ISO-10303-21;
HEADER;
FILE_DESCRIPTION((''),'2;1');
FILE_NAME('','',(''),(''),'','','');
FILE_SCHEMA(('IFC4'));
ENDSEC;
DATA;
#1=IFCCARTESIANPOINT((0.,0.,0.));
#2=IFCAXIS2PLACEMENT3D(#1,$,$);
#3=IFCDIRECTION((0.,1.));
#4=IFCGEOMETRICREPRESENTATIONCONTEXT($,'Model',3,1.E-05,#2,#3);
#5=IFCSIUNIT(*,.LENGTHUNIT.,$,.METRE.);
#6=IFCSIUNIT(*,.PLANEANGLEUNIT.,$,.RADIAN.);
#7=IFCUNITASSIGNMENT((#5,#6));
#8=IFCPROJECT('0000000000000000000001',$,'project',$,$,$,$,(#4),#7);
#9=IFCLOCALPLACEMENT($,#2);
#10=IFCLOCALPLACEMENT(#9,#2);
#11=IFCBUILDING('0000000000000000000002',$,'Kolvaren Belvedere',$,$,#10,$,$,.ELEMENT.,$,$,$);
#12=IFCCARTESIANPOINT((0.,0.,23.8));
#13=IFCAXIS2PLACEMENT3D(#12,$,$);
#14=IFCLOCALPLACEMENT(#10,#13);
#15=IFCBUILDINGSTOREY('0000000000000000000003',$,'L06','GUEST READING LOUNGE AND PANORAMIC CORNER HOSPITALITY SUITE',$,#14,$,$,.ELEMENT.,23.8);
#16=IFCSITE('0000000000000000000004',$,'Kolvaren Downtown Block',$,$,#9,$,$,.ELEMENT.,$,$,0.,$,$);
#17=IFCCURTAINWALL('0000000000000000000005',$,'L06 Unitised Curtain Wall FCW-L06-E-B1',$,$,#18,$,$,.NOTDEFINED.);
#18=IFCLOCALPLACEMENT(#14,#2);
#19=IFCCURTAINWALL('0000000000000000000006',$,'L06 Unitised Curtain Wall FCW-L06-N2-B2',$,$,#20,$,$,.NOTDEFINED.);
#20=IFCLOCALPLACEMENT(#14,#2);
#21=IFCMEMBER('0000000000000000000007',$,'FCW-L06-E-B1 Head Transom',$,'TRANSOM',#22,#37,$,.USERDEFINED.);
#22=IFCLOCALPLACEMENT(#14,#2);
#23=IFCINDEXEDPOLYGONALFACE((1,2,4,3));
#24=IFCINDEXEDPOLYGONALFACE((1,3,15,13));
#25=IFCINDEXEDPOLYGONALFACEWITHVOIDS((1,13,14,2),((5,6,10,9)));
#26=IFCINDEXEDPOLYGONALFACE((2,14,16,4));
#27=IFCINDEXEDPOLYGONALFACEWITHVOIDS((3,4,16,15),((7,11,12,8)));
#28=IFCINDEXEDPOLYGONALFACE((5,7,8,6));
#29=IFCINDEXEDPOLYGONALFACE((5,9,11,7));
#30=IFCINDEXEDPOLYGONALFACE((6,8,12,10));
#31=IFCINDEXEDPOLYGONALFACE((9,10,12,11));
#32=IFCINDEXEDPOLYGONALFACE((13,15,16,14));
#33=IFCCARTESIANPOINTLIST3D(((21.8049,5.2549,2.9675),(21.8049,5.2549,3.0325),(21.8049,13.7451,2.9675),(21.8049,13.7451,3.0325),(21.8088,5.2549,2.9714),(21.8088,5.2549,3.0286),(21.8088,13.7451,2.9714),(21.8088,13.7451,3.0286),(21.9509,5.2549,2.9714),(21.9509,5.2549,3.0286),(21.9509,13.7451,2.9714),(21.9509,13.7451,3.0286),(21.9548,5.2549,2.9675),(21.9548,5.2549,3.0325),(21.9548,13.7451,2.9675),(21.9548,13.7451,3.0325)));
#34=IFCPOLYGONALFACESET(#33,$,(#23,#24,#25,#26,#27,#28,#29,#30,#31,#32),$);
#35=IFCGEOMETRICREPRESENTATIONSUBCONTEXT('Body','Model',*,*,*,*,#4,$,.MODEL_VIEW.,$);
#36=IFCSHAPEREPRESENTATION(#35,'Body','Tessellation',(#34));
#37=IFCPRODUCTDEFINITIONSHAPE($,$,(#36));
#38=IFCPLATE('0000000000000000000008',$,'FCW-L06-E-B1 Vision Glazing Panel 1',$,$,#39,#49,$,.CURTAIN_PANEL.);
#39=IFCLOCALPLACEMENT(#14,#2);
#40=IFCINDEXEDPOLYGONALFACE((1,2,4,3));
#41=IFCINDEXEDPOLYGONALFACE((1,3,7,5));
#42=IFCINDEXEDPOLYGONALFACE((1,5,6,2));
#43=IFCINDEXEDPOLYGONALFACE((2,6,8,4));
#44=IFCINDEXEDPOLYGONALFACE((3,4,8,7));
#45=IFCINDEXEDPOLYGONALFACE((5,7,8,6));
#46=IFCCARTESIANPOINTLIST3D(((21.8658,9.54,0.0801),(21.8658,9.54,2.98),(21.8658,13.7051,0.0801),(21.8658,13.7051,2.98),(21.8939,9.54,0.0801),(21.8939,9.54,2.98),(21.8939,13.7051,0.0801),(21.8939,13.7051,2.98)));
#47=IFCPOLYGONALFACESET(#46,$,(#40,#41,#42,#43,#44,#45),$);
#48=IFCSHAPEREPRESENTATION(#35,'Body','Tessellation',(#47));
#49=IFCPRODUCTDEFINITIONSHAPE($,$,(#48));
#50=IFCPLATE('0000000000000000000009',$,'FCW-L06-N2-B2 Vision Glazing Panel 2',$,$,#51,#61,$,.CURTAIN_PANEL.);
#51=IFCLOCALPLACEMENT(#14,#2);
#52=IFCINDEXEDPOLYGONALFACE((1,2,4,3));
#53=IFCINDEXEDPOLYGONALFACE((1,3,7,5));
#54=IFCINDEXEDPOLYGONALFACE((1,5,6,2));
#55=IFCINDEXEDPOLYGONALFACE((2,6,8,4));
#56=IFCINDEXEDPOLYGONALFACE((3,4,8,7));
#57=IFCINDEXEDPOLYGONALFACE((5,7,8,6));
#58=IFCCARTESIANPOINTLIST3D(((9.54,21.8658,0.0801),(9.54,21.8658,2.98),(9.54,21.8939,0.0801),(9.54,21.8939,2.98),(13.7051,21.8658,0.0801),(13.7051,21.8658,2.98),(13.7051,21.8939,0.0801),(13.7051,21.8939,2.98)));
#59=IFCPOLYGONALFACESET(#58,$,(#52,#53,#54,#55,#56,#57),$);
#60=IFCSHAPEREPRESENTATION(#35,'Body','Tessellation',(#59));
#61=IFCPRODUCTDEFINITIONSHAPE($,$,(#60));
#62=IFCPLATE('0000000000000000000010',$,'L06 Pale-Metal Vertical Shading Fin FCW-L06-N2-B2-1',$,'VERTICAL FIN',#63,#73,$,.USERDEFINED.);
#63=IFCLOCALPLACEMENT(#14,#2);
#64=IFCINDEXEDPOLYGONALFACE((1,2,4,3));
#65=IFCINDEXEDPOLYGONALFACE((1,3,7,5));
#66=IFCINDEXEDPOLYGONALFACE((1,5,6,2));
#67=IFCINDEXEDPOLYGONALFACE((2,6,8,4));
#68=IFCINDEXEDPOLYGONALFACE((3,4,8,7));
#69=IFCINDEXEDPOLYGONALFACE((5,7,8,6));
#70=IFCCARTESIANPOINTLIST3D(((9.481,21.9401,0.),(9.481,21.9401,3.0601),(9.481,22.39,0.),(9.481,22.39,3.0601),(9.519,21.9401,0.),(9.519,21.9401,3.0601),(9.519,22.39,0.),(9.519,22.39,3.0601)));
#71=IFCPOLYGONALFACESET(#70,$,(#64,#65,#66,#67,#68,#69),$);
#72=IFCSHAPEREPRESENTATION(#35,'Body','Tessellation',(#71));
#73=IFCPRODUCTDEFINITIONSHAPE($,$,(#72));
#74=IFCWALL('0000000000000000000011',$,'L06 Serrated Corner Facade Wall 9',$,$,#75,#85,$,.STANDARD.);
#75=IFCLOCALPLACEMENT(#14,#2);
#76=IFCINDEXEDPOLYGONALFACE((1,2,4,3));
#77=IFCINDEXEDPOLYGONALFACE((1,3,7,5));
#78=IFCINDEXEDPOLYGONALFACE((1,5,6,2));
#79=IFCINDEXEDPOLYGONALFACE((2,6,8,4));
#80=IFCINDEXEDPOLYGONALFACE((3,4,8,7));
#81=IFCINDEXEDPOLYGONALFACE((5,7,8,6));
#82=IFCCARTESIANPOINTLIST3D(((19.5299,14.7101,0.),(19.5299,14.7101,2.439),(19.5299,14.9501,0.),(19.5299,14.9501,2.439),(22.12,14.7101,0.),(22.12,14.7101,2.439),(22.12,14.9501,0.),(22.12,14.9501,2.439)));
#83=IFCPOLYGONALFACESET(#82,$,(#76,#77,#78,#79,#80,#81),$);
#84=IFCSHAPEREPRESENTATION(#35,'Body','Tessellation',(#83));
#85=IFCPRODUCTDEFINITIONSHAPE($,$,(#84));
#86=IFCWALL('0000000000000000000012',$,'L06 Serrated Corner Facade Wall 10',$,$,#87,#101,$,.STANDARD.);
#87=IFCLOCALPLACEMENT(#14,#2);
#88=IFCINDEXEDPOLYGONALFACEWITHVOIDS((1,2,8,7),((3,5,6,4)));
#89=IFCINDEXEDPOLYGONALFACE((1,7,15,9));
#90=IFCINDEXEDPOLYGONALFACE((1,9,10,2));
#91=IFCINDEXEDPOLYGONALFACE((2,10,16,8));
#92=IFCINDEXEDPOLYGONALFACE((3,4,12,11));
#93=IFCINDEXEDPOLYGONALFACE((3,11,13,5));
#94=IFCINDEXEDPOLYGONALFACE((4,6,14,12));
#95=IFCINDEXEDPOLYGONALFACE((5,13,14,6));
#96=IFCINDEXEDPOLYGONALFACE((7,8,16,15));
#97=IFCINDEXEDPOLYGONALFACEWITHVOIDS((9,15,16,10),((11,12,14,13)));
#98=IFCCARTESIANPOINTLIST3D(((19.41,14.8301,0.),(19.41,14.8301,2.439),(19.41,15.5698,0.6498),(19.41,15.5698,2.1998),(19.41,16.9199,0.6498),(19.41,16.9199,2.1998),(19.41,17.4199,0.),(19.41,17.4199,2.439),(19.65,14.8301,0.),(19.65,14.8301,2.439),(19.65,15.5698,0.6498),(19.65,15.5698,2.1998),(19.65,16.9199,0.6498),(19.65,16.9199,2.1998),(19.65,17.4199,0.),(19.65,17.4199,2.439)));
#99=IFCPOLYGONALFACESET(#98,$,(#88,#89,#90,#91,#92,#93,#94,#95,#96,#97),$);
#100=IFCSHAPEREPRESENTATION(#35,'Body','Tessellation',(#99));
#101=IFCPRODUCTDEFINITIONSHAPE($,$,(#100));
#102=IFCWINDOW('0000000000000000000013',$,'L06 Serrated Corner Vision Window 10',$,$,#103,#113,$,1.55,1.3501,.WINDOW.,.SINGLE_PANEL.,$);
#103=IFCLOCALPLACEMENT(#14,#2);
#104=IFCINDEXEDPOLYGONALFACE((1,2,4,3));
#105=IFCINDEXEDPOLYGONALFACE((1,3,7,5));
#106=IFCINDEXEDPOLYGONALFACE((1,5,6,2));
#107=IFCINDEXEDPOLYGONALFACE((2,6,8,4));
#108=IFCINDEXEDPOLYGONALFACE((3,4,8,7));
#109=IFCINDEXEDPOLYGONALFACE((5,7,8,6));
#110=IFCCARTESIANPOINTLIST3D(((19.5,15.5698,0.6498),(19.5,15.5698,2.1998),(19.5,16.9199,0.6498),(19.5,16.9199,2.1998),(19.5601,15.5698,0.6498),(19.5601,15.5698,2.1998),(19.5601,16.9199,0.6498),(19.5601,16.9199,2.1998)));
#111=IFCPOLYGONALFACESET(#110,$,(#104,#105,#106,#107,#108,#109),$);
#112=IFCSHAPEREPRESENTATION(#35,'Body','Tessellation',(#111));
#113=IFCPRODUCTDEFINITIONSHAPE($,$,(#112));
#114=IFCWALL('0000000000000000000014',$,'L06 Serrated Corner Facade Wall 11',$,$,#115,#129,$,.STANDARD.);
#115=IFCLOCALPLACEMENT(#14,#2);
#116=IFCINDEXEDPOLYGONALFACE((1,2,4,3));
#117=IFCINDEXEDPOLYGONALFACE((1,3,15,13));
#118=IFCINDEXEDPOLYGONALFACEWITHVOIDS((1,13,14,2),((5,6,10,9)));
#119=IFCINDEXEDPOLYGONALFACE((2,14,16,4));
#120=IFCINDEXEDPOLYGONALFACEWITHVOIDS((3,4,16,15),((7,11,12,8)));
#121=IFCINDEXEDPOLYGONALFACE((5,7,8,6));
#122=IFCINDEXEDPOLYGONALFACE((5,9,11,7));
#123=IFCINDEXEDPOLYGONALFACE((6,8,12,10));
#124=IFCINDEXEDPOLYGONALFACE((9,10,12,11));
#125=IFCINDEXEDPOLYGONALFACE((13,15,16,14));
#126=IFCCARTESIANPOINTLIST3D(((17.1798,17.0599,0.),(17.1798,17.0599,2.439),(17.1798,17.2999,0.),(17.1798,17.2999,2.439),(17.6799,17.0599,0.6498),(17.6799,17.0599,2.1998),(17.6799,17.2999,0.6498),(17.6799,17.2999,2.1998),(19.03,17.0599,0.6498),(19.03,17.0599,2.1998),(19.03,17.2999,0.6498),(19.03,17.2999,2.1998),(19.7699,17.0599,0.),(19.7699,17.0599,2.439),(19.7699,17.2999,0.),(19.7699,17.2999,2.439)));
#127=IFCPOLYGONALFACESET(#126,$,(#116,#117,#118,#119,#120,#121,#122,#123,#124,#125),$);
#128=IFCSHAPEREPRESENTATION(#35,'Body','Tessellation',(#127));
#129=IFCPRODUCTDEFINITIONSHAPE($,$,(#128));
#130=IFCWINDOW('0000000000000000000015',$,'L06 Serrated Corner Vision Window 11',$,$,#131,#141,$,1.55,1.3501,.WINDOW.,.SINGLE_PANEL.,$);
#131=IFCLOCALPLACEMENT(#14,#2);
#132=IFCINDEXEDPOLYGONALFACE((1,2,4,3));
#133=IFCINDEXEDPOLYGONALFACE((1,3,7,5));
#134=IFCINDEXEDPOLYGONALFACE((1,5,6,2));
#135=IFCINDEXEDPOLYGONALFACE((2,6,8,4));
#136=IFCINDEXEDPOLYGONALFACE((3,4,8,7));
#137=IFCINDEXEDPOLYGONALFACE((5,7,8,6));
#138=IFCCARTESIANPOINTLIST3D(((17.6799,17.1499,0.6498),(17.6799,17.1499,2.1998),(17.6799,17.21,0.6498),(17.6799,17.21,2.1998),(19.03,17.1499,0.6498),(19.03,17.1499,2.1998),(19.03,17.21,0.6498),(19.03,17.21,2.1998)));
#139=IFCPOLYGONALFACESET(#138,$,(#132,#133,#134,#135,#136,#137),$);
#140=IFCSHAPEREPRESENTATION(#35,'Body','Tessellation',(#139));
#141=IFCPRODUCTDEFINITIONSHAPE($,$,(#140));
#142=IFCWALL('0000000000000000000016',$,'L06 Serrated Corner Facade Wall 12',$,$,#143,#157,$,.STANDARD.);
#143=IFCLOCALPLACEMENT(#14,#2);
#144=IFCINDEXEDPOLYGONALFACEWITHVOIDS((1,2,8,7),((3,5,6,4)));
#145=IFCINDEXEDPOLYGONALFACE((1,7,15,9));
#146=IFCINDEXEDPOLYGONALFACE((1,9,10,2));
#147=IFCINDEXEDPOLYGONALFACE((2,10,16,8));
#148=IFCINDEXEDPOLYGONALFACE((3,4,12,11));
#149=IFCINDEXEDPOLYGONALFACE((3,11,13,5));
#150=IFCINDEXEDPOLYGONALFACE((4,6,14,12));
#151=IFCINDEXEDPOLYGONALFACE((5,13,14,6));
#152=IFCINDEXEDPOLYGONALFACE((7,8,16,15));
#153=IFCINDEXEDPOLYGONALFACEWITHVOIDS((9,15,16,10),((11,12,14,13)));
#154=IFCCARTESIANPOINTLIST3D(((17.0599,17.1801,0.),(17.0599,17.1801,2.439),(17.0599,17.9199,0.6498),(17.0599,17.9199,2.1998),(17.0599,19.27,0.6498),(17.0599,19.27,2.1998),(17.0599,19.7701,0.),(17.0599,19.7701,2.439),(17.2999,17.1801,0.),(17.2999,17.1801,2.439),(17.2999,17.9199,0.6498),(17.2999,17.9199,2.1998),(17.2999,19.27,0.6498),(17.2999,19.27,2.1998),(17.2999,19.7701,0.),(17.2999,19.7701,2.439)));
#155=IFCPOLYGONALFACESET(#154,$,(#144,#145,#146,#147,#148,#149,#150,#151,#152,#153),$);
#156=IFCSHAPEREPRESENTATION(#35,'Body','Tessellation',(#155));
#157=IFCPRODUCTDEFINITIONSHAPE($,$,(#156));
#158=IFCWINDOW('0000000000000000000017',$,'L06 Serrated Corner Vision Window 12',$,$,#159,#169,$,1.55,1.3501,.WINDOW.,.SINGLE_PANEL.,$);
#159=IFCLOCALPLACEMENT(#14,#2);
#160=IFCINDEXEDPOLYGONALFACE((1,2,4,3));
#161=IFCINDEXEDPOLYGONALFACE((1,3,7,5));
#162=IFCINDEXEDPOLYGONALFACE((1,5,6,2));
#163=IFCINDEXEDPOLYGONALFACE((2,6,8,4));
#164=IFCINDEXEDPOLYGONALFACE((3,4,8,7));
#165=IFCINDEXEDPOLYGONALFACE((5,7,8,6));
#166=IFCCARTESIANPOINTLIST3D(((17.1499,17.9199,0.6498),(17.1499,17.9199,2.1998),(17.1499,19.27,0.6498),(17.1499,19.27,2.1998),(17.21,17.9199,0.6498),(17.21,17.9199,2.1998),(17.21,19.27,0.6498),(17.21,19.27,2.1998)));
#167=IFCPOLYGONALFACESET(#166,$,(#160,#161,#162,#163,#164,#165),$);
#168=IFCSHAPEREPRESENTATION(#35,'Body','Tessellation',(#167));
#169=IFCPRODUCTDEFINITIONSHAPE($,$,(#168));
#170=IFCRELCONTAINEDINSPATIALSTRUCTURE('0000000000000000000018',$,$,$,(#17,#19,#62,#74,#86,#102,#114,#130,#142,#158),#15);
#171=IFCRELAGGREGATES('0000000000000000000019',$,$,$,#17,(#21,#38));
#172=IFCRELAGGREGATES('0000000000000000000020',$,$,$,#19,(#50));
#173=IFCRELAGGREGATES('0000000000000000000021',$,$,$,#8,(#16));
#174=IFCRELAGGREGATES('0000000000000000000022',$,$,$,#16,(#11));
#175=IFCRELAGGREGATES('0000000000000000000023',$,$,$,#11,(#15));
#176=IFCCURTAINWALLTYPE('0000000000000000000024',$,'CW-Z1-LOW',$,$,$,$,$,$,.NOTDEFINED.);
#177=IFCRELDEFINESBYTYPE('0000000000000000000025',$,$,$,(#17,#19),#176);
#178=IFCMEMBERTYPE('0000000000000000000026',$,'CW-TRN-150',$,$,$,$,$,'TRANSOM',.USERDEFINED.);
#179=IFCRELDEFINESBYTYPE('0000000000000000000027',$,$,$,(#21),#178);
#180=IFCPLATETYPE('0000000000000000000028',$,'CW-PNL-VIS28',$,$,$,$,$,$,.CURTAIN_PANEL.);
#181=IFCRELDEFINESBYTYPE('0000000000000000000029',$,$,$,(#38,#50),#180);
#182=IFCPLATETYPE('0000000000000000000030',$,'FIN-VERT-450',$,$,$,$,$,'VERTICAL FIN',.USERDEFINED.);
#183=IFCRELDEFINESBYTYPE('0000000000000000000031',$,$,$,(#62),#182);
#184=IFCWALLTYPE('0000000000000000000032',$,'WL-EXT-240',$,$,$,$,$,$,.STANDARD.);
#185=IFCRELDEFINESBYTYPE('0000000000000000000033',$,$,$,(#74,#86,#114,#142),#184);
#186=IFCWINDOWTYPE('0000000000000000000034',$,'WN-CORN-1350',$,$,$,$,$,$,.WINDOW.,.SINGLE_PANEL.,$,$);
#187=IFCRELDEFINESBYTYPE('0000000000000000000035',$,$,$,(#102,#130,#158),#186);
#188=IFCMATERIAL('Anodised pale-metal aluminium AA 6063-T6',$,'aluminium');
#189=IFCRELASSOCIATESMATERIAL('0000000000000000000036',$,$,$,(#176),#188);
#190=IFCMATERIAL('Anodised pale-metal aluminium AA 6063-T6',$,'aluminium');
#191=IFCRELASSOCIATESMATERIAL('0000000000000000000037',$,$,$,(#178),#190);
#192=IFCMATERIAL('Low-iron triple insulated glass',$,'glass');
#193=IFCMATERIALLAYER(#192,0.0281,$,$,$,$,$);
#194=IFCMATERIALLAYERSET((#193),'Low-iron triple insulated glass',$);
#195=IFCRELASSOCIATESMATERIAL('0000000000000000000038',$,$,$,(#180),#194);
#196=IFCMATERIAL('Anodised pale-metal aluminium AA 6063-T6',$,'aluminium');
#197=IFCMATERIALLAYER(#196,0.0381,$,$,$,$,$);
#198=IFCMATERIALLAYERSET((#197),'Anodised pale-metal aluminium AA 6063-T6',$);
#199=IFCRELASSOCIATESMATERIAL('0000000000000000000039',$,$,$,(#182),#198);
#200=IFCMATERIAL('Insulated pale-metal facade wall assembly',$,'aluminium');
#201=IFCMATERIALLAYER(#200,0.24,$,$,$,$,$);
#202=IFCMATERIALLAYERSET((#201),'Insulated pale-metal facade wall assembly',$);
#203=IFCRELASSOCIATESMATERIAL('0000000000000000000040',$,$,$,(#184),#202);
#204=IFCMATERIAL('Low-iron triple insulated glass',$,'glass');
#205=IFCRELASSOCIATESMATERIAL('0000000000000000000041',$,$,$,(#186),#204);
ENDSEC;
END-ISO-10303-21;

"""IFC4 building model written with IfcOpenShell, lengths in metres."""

from ifc_helpers import new_model, si_unit, direction, frame, frame_2d, origin, origin_2d, place, context, subcontext, project, spatial, rectangle, hollow_rectangle, extrude, material, layer, layer_set, material_profile, profile_set, type_object, element, fill, aggregate, save


model = new_model("IFC4")

# Units and contexts
model_context = context("Model", 3, precision=1e-05, world=origin(), true_north=direction((0.0, 1.0)))
body_context = subcontext(model_context, "Body", "Model", "MODEL_VIEW")
ifc_project = project(units=[si_unit("LENGTHUNIT", "METRE"), si_unit("PLANEANGLEUNIT", "RADIAN")], contexts=[model_context])

# Site, building, storey
site_placement = place(None, origin())
site = spatial("IfcSite", under=ifc_project, at=site_placement, Name="Kolvaren Downtown Block", CompositionType="ELEMENT", RefElevation=0.0)
building_placement = place(site_placement, origin())
building = spatial("IfcBuilding", under=site, at=building_placement, Name="Kolvaren Belvedere", CompositionType="ELEMENT")
storey_placement = place(building_placement, frame((0.0, 0.0, 23.8)))
storey = spatial("IfcBuildingStorey", under=building, at=storey_placement, Name="L06", Description="GUEST READING LOUNGE AND PANORAMIC CORNER HOSPITALITY SUITE", CompositionType="ELEMENT", Elevation=23.8)

# Curtain wall
ifc_material_1 = material(Name="Anodised pale-metal aluminium AA 6063-T6", Category="aluminium")
curtain_wall_type = type_object("IfcCurtainWallType", Name="CW-Z1-LOW", PredefinedType="NOTDEFINED", material=ifc_material_1)
curtain_wall_1_placement = place(storey_placement, origin())
curtain_wall_1 = element("IfcCurtainWall", 1, at=curtain_wall_1_placement, inside=storey, type_object=curtain_wall_type, Name="L06 Unitised Curtain Wall FCW-L06-E-B1", PredefinedType="NOTDEFINED")

# Curtain wall
curtain_wall_2_placement = place(storey_placement, origin())
curtain_wall_2 = element("IfcCurtainWall", 2, at=curtain_wall_2_placement, inside=storey, type_object=curtain_wall_type, Name="L06 Unitised Curtain Wall FCW-L06-N2-B2", PredefinedType="NOTDEFINED")

# Member
ifc_material_2 = material(Name="Anodised pale-metal aluminium AA 6063-T6", Category="aluminium")
ifc_material_profile_1 = material_profile(ifc_material_2, hollow_rectangle(XDim=0.0649, YDim=0.1499, WallThickness=0.0039, at=origin_2d()), Name="ALU-TRN-150X65")
ifc_profile_set_1 = profile_set([ifc_material_profile_1], Name="Anodised pale-metal aluminium AA 6063-T6")
member_type_1 = type_object("IfcMemberType", Name="CW-TRN-150", ElementType="TRANSOM", PredefinedType="USERDEFINED", material=ifc_profile_set_1)
member_1_placement = place(storey_placement, frame((21.8799, 13.7451, 3.0), z_axis=(0.0, -1.0, 0.0), x_axis=(0.0, 0.0, 1.0)))
member_1 = element("IfcMember", 3, at=member_1_placement, type_object=member_type_1, Name="FCW-L06-E-B1 Head Transom", ObjectType="TRANSOM", PredefinedType="USERDEFINED", context=body_context, shape_type="SweptSolid", body=[
    extrude(hollow_rectangle(XDim=0.0649, YDim=0.1499, WallThickness=0.0039, at=origin_2d()), origin(), (0.0, 0.0, 1.0), 8.4902),
])

# Plates
ifc_material_3 = material(Name="Low-iron triple insulated glass", Category="glass")
ifc_layer_1 = layer(ifc_material_3, 0.0281)
ifc_layer_set_1 = layer_set([ifc_layer_1], Name="Low-iron triple insulated glass")
plate_type_1 = type_object("IfcPlateType", Name="CW-PNL-VIS28", PredefinedType="CURTAIN_PANEL", material=ifc_layer_set_1)
plate_1_placement = place(storey_placement, frame((21.8799, 11.6226, 0.0801), z_axis=(0.0, 0.0, 1.0), x_axis=(0.0, -1.0, 0.0)))
plate_1 = element("IfcPlate", 4, at=plate_1_placement, type_object=plate_type_1, Name="FCW-L06-E-B1 Vision Glazing Panel 1", PredefinedType="CURTAIN_PANEL", context=body_context, shape_type="SweptSolid", body=[
    extrude(rectangle(XDim=4.165, YDim=0.0281, at=origin_2d()), origin(), (0.0, 0.0, 1.0), 2.8999),
])
aggregate(curtain_wall_1, [member_1, plate_1])
plate_2_placement = place(storey_placement, frame((11.6226, 21.8799, 0.0801), z_axis=(0.0, 0.0, 1.0), x_axis=(1.0, 0.0, 0.0)))
plate_2 = element("IfcPlate", 5, at=plate_2_placement, type_object=plate_type_1, Name="FCW-L06-N2-B2 Vision Glazing Panel 2", PredefinedType="CURTAIN_PANEL", context=body_context, shape_type="SweptSolid", body=[
    extrude(rectangle(XDim=4.165, YDim=0.0281, at=origin_2d()), origin(), (0.0, 0.0, 1.0), 2.8999),
])
aggregate(curtain_wall_2, [plate_2])
ifc_material_4 = material(Name="Anodised pale-metal aluminium AA 6063-T6", Category="aluminium")
ifc_layer_2 = layer(ifc_material_4, 0.0381)
ifc_layer_set_2 = layer_set([ifc_layer_2], Name="Anodised pale-metal aluminium AA 6063-T6")
plate_type_2 = type_object("IfcPlateType", Name="FIN-VERT-450", ElementType="VERTICAL FIN", PredefinedType="USERDEFINED", material=ifc_layer_set_2)
plate_3_placement = place(storey_placement, frame((9.5, 22.165, 0.0), z_axis=(0.0, 0.0, 1.0), x_axis=(0.0, 1.0, 0.0)))
element("IfcPlate", 6, at=plate_3_placement, inside=storey, type_object=plate_type_2, Name="L06 Pale-Metal Vertical Shading Fin FCW-L06-N2-B2-1", ObjectType="VERTICAL FIN", PredefinedType="USERDEFINED", context=body_context, shape_type="SweptSolid", body=[
    extrude(rectangle(XDim=0.45, YDim=0.0381, at=origin_2d()), origin(), (0.0, 0.0, 1.0), 3.0601),
])

# Wall
ifc_material_5 = material(Name="Insulated pale-metal facade wall assembly", Category="aluminium")
ifc_layer_3 = layer(ifc_material_5, 0.24)
ifc_layer_set_3 = layer_set([ifc_layer_3], Name="Insulated pale-metal facade wall assembly")
wall_type_1 = type_object("IfcWallType", Name="WL-EXT-240", PredefinedType="STANDARD", material=ifc_layer_set_3)
wall_1_placement = place(storey_placement, frame((19.53, 14.8301, 0.0), z_axis=(0.0, 0.0, 1.0), x_axis=(1.0, 0.0, 0.0)))
element("IfcWall", 7, at=wall_1_placement, inside=storey, type_object=wall_type_1, Name="L06 Serrated Corner Facade Wall 9", PredefinedType="STANDARD", context=body_context, shape_type="SweptSolid", body=[
    extrude(rectangle(XDim=2.5901, YDim=0.24, at=frame_2d((1.2949, 0.0))), origin(), (0.0, 0.0, 1.0), 2.439),
])

# Walls, openings, windows
wall_2_placement = place(storey_placement, frame((19.53, 17.4199, 0.0), z_axis=(0.0, 0.0, 1.0), x_axis=(0.0, -1.0, 0.0)))
wall_2 = element("IfcWall", 8, at=wall_2_placement, inside=storey, type_object=wall_type_1, Name="L06 Serrated Corner Facade Wall 10", PredefinedType="STANDARD", context=body_context, shape_type="SweptSolid", body=[
    extrude(rectangle(XDim=2.5898, YDim=0.24, at=frame_2d((1.2949, 0.0))), origin(), (0.0, 0.0, 1.0), 2.439),
])
opening_1_placement = place(wall_2_placement, frame((0.5, 0.0, 0.6499)))
opening_1 = element("IfcOpeningElement", 9, at=opening_1_placement, cuts=wall_2, PredefinedType="OPENING", context=body_context, shape_type="SweptSolid", body=[
    extrude(rectangle(XDim=1.3501, YDim=1.55, at=frame_2d((0.675, 0.7749))), frame((0.0, 0.1299, 0.0), z_axis=(0.0, -1.0, 0.0), x_axis=(1.0, 0.0, 0.0)), (0.0, 0.0, 1.0), 0.26),
])
ifc_material_6 = material(Name="Low-iron triple insulated glass", Category="glass")
window_type = type_object("IfcWindowType", Name="WN-CORN-1350", PartitioningType="SINGLE_PANEL", PredefinedType="WINDOW", material=ifc_material_6)
window_1_placement = place(opening_1_placement, origin())
window_1 = element("IfcWindow", 10, at=window_1_placement, inside=storey, type_object=window_type, Name="L06 Serrated Corner Vision Window 10", OverallHeight=1.55, OverallWidth=1.3501, PartitioningType="SINGLE_PANEL", PredefinedType="WINDOW", context=body_context, shape_type="SweptSolid", body=[
    extrude(rectangle(XDim=1.3501, YDim=1.55, at=frame_2d((0.675, 0.7749))), frame((0.0, 0.03, 0.0), z_axis=(0.0, -1.0, 0.0), x_axis=(1.0, 0.0, 0.0)), (0.0, 0.0, 1.0), 0.0601),
])
fill(opening_1, window_1)
wall_3_placement = place(storey_placement, frame((17.1799, 17.1799, 0.0), z_axis=(0.0, 0.0, 1.0), x_axis=(1.0, 0.0, 0.0)))
wall_3 = element("IfcWall", 11, at=wall_3_placement, inside=storey, type_object=wall_type_1, Name="L06 Serrated Corner Facade Wall 11", PredefinedType="STANDARD", context=body_context, shape_type="SweptSolid", body=[
    extrude(rectangle(XDim=2.5901, YDim=0.24, at=frame_2d((1.2949, 0.0))), origin(), (0.0, 0.0, 1.0), 2.439),
])
opening_2_placement = place(wall_3_placement, frame((0.5, 0.0, 0.6499)))
opening_2 = element("IfcOpeningElement", 12, at=opening_2_placement, cuts=wall_3, PredefinedType="OPENING", context=body_context, shape_type="SweptSolid", body=[
    extrude(rectangle(XDim=1.3501, YDim=1.55, at=frame_2d((0.675, 0.7749))), frame((0.0, 0.1299, 0.0), z_axis=(0.0, -1.0, 0.0), x_axis=(1.0, 0.0, 0.0)), (0.0, 0.0, 1.0), 0.26),
])
window_2_placement = place(opening_2_placement, origin())
window_2 = element("IfcWindow", 13, at=window_2_placement, inside=storey, type_object=window_type, Name="L06 Serrated Corner Vision Window 11", OverallHeight=1.55, OverallWidth=1.3501, PartitioningType="SINGLE_PANEL", PredefinedType="WINDOW", context=body_context, shape_type="SweptSolid", body=[
    extrude(rectangle(XDim=1.3501, YDim=1.55, at=frame_2d((0.675, 0.7749))), frame((0.0, 0.03, 0.0), z_axis=(0.0, -1.0, 0.0), x_axis=(1.0, 0.0, 0.0)), (0.0, 0.0, 1.0), 0.0601),
])
fill(opening_2, window_2)
wall_4_placement = place(storey_placement, frame((17.1799, 19.77, 0.0), z_axis=(0.0, 0.0, 1.0), x_axis=(0.0, -1.0, 0.0)))
wall_4 = element("IfcWall", 14, at=wall_4_placement, inside=storey, type_object=wall_type_1, Name="L06 Serrated Corner Facade Wall 12", PredefinedType="STANDARD", context=body_context, shape_type="SweptSolid", body=[
    extrude(rectangle(XDim=2.5901, YDim=0.24, at=frame_2d((1.2949, 0.0))), origin(), (0.0, 0.0, 1.0), 2.439),
])
opening_3_placement = place(wall_4_placement, frame((0.5, 0.0, 0.6499)))
opening_3 = element("IfcOpeningElement", 15, at=opening_3_placement, cuts=wall_4, PredefinedType="OPENING", context=body_context, shape_type="SweptSolid", body=[
    extrude(rectangle(XDim=1.3501, YDim=1.55, at=frame_2d((0.675, 0.7749))), frame((0.0, 0.1299, 0.0), z_axis=(0.0, -1.0, 0.0), x_axis=(1.0, 0.0, 0.0)), (0.0, 0.0, 1.0), 0.26),
])
window_3_placement = place(opening_3_placement, origin())
window_3 = element("IfcWindow", 16, at=window_3_placement, inside=storey, type_object=window_type, Name="L06 Serrated Corner Vision Window 12", OverallHeight=1.55, OverallWidth=1.3501, PartitioningType="SINGLE_PANEL", PredefinedType="WINDOW", context=body_context, shape_type="SweptSolid", body=[
    extrude(rectangle(XDim=1.3501, YDim=1.55, at=frame_2d((0.675, 0.7749))), frame((0.0, 0.03, 0.0), z_axis=(0.0, -1.0, 0.0), x_axis=(1.0, 0.0, 0.0)), (0.0, 0.0, 1.0), 0.0601),
])
fill(opening_3, window_3)

save(model, "model.ifc")
